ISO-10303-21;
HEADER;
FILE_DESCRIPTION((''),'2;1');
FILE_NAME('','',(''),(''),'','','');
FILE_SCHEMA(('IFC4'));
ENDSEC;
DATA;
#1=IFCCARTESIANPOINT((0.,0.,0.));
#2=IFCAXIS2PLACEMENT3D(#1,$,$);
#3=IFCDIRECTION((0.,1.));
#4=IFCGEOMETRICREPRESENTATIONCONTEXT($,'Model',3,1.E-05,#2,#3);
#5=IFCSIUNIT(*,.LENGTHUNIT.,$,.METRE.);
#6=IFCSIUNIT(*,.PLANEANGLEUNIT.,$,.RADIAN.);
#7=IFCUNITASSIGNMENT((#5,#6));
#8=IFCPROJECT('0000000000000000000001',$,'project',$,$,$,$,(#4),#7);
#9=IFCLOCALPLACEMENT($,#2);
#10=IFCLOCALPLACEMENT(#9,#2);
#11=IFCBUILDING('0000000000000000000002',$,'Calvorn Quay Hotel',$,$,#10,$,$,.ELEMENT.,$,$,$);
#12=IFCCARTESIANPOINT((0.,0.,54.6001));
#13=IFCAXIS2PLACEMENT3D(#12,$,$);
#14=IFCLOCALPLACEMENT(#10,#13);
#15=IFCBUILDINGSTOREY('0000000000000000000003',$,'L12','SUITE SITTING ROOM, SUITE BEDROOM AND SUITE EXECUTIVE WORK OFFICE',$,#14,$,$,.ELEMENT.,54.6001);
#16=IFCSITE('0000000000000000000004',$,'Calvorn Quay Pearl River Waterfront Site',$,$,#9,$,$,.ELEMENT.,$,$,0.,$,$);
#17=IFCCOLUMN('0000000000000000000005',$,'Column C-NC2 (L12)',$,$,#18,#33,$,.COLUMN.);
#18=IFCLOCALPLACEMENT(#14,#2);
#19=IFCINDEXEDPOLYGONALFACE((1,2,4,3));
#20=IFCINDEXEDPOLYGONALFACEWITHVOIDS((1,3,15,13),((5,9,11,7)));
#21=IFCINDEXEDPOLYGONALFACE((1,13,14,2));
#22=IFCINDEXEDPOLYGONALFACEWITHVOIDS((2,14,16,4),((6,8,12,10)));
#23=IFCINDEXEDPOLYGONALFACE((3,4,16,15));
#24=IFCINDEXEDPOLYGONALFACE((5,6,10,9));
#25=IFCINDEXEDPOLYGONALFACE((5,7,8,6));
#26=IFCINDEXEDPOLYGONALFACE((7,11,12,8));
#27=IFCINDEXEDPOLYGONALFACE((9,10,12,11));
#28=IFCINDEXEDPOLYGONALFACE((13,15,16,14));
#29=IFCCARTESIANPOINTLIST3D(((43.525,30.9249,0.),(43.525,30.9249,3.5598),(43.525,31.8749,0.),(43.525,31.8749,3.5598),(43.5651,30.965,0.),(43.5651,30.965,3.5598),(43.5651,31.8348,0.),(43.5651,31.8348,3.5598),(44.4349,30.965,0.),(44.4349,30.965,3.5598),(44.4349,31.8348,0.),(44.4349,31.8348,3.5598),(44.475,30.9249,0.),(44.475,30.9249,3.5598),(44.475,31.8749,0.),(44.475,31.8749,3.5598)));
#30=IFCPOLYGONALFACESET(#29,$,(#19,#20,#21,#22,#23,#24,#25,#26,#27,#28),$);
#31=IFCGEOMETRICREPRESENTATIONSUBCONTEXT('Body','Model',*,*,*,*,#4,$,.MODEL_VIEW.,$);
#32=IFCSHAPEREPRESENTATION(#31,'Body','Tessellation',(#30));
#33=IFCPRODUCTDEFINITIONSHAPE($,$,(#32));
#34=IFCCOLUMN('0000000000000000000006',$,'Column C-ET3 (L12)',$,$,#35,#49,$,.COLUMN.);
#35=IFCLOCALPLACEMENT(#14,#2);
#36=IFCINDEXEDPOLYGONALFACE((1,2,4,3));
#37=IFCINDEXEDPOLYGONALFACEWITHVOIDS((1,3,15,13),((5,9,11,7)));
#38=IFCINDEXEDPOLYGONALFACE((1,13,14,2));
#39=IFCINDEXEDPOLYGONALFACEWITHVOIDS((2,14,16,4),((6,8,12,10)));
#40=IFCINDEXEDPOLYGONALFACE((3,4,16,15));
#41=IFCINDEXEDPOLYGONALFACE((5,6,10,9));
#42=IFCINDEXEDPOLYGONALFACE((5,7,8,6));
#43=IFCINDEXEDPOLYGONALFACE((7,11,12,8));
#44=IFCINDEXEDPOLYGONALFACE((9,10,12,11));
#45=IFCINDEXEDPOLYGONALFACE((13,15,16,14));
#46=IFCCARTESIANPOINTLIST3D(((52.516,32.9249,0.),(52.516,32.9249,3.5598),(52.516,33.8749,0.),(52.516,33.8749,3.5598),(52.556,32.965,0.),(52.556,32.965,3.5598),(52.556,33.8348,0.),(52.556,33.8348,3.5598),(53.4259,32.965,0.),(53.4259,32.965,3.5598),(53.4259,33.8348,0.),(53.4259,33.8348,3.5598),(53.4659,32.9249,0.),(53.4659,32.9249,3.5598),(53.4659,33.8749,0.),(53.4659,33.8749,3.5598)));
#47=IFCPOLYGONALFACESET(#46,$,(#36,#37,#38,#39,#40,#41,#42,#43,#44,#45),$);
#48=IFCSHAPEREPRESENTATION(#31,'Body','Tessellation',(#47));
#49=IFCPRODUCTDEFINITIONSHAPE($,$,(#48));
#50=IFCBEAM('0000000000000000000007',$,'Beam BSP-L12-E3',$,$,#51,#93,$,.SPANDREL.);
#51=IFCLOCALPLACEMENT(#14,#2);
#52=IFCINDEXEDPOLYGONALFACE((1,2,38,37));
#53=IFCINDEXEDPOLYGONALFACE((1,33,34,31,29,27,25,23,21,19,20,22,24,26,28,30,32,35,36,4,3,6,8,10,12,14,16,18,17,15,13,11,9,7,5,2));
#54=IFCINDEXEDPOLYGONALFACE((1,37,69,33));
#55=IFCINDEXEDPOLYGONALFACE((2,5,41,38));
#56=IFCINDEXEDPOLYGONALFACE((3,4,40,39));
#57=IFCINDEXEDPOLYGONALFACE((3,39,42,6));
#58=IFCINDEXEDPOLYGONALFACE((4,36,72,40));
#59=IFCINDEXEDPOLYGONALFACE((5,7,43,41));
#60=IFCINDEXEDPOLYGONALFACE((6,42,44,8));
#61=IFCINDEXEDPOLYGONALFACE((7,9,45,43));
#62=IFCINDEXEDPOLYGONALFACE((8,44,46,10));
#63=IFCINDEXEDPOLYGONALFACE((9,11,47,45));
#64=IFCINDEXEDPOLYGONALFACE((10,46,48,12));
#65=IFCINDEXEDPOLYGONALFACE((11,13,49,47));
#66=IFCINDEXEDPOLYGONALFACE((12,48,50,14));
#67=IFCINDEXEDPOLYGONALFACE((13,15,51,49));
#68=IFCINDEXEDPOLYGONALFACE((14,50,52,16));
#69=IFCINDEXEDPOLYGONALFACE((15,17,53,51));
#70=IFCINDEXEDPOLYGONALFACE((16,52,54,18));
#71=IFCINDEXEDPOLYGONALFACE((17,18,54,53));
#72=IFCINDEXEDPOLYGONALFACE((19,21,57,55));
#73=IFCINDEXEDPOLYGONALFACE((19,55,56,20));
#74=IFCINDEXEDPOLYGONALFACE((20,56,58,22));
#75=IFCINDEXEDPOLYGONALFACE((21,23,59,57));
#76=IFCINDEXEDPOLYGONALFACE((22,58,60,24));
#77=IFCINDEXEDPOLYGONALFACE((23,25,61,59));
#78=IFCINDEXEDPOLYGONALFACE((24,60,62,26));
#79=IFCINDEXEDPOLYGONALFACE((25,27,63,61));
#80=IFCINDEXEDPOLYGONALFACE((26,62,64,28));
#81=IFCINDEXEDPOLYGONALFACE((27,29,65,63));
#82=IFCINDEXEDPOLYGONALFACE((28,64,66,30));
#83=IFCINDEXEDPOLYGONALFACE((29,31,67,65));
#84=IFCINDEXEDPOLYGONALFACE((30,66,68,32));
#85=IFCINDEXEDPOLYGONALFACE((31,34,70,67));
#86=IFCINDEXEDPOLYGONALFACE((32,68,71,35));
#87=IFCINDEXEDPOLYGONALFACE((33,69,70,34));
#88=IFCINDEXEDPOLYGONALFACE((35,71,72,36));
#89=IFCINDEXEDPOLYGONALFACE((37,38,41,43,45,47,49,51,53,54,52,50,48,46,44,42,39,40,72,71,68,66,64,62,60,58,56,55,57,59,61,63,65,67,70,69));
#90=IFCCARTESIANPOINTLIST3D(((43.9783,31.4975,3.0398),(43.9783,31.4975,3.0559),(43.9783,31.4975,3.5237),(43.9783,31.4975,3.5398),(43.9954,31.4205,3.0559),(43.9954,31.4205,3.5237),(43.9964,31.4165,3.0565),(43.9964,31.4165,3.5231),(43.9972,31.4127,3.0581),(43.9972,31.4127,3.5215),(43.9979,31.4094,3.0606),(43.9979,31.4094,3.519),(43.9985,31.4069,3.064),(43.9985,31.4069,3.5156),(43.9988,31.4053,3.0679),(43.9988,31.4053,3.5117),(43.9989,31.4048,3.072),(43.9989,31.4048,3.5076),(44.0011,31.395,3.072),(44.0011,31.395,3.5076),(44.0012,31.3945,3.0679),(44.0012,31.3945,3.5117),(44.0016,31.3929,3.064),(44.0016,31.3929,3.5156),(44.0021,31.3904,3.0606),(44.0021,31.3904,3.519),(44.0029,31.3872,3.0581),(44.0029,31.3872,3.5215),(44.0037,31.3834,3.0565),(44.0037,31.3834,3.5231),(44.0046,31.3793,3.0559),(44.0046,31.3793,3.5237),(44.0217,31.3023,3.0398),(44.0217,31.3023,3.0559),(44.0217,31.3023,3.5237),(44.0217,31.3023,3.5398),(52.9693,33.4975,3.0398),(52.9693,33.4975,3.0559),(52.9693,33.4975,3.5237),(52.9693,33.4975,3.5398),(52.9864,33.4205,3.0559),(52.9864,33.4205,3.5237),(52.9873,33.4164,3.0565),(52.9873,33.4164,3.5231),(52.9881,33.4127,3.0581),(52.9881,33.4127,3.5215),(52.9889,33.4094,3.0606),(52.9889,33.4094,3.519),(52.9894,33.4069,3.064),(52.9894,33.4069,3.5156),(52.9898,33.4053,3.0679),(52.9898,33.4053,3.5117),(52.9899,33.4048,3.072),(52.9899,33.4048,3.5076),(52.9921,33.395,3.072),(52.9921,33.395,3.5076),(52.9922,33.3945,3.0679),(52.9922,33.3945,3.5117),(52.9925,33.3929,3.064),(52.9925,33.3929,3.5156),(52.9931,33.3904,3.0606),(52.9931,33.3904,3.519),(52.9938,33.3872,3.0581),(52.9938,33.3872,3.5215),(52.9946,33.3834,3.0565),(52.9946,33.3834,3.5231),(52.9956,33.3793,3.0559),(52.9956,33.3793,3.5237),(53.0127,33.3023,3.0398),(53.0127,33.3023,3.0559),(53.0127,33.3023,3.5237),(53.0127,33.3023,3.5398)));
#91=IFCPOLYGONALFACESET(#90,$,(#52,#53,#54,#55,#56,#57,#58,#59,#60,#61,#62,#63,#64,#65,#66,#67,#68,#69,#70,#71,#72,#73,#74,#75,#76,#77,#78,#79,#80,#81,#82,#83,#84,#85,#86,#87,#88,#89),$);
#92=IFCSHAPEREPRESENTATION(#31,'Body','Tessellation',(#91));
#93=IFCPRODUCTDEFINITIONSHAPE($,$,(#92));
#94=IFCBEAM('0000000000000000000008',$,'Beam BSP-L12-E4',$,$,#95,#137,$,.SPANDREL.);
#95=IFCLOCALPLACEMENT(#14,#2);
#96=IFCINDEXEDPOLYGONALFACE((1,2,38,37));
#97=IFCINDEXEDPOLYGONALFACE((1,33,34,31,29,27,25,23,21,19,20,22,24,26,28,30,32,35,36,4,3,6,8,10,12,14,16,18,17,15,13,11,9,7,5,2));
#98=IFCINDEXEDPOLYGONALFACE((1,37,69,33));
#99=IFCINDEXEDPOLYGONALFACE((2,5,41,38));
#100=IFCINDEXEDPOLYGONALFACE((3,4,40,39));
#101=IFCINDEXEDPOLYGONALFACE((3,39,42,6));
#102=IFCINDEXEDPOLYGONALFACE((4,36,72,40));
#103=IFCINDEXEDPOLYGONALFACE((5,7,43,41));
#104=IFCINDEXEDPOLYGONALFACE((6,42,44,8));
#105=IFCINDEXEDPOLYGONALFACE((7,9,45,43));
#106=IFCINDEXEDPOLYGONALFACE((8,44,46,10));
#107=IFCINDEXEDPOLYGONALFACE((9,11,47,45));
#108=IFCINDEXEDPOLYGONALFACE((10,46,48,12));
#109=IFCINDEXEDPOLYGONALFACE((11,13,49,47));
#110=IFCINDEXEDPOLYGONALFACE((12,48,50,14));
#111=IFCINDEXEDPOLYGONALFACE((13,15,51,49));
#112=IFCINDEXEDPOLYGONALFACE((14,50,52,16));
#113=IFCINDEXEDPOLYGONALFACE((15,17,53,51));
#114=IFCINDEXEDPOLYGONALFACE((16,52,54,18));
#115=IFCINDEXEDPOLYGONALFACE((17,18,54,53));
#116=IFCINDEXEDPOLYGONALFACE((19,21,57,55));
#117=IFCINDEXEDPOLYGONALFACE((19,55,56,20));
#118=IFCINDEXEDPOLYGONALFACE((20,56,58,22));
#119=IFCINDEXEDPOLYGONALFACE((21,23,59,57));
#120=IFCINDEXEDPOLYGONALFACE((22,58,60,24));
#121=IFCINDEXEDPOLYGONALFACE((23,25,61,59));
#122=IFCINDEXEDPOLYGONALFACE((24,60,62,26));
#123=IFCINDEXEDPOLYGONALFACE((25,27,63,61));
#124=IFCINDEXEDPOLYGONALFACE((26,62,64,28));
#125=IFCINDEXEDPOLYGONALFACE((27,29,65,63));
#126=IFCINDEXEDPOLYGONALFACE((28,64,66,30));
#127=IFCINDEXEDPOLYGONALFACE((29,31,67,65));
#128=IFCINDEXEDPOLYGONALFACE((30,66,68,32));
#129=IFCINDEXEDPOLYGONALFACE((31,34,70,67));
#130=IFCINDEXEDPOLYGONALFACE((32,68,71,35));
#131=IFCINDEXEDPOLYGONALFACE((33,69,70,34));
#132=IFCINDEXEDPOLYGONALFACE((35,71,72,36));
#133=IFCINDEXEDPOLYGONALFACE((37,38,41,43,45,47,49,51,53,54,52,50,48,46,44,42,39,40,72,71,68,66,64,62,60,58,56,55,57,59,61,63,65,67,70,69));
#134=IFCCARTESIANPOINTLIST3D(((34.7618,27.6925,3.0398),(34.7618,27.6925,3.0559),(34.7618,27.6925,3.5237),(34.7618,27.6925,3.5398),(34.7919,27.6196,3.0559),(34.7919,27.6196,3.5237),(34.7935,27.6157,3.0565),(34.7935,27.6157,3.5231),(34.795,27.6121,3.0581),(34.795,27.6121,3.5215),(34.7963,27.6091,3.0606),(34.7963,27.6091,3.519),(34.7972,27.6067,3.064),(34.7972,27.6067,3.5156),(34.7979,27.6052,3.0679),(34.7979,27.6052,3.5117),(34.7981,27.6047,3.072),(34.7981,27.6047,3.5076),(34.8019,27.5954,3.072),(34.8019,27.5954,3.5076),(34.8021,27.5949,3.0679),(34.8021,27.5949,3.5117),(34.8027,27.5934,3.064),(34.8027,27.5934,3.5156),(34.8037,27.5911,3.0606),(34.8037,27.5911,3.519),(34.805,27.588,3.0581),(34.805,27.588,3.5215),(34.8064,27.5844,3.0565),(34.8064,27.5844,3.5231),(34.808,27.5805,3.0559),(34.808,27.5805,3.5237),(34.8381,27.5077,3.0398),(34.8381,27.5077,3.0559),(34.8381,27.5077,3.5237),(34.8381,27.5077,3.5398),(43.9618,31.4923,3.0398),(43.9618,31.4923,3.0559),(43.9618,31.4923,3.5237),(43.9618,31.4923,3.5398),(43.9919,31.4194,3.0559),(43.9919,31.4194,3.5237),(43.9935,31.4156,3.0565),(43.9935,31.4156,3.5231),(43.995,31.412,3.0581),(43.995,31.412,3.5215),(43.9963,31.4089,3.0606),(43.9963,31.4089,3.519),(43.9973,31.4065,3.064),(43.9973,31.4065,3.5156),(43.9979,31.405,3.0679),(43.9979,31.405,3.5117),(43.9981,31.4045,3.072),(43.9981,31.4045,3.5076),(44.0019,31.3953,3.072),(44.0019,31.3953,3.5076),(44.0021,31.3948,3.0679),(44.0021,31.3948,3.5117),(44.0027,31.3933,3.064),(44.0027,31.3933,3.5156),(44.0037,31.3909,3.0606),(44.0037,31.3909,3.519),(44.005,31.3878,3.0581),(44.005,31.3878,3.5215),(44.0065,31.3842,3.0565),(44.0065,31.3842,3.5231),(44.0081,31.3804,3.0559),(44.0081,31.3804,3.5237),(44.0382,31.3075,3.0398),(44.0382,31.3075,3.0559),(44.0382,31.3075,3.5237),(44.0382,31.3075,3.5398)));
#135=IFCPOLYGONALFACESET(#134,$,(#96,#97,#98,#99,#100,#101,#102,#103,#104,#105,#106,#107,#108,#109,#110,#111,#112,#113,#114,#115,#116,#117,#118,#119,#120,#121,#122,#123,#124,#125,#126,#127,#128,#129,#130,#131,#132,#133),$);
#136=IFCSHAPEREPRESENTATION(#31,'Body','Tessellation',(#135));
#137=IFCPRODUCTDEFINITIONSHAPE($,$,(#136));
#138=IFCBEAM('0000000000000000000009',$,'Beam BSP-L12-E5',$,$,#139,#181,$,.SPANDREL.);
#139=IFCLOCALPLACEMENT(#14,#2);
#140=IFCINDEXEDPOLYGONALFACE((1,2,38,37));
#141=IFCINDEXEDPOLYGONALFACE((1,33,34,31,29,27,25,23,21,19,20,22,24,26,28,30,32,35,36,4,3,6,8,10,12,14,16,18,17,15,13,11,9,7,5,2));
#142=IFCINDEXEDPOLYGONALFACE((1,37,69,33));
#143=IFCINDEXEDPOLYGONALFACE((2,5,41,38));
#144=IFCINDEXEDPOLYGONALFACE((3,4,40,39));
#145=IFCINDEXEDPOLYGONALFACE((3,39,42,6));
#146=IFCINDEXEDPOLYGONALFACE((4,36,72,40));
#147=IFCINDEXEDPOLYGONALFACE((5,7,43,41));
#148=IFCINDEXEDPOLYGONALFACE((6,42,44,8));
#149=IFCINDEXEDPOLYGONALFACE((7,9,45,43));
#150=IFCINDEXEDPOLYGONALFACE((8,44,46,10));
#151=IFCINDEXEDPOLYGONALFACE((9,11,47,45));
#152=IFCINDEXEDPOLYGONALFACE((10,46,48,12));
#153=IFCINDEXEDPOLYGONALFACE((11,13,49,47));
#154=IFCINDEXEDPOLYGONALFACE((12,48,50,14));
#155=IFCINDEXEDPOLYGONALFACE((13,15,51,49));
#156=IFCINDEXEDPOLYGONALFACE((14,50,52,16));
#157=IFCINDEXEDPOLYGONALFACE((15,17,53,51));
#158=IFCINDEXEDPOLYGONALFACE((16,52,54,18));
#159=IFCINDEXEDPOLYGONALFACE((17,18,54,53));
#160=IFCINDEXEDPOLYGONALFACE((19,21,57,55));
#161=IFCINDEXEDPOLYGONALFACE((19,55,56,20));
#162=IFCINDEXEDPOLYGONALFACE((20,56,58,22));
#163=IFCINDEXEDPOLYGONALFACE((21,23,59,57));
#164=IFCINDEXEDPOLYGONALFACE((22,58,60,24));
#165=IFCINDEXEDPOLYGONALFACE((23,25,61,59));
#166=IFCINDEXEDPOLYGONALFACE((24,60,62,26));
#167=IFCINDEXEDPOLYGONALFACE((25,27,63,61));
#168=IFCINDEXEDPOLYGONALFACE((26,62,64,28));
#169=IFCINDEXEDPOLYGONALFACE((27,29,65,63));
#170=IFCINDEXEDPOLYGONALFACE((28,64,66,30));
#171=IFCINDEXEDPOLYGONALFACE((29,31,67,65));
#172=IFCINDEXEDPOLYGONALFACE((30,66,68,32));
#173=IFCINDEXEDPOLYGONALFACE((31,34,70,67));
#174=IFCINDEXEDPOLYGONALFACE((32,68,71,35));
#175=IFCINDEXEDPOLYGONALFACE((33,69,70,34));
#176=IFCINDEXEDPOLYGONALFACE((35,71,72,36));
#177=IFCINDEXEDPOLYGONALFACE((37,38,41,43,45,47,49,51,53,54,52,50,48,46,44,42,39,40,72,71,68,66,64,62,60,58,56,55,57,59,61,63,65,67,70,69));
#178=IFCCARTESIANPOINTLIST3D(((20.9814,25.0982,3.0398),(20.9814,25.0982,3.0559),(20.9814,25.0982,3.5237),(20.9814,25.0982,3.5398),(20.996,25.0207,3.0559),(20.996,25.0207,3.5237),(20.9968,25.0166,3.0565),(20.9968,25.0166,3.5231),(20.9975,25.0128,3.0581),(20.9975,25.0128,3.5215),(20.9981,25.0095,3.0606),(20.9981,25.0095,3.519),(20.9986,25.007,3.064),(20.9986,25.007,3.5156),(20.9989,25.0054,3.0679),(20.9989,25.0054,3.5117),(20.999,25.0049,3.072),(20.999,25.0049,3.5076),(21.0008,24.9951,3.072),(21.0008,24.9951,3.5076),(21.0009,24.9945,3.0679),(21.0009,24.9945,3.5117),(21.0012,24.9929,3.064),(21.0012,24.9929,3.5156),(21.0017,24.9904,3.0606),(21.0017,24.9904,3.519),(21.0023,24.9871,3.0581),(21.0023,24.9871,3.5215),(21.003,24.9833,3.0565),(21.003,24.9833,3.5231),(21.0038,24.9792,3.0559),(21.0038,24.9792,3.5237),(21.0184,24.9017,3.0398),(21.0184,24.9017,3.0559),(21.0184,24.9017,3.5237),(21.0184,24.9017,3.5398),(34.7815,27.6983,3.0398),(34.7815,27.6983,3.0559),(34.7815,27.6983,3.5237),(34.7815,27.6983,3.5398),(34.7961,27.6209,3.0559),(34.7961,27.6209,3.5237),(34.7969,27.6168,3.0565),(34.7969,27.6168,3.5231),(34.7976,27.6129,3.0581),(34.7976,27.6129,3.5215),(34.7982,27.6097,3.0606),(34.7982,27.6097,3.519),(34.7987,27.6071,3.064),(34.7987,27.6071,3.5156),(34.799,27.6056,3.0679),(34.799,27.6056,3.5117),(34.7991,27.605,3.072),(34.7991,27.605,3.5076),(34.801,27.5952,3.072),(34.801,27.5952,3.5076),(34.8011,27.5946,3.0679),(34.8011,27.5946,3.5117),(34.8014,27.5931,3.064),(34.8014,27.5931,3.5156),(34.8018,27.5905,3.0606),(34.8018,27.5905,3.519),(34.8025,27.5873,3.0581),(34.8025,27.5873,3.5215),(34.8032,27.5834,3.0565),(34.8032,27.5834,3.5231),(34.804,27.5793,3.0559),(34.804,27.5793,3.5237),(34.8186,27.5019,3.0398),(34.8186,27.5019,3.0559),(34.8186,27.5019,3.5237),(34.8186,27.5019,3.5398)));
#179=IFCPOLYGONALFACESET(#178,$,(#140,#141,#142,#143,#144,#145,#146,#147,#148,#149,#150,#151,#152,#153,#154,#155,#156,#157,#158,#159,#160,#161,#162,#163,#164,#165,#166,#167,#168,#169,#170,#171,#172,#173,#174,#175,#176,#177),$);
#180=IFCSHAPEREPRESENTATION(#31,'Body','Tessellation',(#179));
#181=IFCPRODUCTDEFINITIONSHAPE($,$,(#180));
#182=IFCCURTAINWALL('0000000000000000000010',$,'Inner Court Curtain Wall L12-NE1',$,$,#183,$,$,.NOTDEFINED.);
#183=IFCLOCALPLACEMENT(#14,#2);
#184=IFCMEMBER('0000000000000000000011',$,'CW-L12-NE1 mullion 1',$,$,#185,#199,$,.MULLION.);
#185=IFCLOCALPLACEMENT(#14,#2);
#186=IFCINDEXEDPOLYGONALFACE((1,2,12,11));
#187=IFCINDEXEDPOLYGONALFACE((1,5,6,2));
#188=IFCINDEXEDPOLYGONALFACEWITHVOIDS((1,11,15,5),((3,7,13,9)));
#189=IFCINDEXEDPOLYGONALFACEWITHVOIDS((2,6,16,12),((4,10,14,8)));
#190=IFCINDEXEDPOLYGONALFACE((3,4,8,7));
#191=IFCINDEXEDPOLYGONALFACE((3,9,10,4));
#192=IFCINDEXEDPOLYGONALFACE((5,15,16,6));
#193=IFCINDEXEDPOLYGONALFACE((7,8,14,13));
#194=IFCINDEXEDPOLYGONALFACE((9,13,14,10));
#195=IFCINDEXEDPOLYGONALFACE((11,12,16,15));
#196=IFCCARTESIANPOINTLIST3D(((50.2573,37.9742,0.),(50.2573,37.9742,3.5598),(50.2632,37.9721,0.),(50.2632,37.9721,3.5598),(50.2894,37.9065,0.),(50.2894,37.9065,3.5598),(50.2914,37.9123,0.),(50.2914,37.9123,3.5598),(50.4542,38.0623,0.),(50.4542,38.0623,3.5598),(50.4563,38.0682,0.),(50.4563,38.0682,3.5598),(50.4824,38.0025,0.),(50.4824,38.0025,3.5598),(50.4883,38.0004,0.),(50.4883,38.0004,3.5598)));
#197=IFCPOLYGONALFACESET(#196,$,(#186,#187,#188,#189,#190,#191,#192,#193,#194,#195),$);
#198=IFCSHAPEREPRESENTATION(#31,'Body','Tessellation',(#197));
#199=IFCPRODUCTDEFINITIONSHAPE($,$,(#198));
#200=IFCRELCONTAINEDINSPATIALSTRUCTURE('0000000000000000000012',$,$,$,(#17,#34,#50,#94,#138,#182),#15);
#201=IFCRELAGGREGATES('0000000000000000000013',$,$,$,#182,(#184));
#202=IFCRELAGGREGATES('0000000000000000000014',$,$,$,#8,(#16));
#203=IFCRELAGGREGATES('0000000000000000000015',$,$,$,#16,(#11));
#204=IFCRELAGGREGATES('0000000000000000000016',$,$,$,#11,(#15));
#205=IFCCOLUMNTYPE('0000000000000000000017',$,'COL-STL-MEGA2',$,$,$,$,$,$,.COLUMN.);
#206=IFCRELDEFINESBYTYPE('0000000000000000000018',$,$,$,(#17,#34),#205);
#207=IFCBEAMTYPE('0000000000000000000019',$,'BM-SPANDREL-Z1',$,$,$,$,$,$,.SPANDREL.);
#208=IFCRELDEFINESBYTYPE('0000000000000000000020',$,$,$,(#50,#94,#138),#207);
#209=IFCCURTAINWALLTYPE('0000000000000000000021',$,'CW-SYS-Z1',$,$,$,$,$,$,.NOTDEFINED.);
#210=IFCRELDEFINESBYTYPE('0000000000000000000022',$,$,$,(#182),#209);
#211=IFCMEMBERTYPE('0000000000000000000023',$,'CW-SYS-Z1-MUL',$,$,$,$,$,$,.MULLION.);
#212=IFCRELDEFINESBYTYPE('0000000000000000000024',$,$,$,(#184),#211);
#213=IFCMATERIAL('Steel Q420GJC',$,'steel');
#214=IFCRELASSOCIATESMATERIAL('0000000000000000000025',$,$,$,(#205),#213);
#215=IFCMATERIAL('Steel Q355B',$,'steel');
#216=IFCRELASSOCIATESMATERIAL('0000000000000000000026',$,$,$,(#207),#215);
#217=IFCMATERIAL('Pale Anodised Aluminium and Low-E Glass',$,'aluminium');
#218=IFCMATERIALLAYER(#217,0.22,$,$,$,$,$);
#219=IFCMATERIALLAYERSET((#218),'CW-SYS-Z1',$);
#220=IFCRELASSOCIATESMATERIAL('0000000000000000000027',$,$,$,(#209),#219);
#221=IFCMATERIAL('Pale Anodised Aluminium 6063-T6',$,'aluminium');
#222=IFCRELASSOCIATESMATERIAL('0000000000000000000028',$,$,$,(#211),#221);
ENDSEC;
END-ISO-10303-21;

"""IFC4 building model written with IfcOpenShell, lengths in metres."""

from ifc_helpers import new_model, si_unit, direction, frame, origin, origin_2d, place, context, subcontext, project, spatial, hollow_rectangle, i_section, extrude, material, layer, layer_set, material_profile, profile_set, type_object, element, aggregate, save


model = new_model("IFC4")

# Units and contexts
model_context = context("Model", 3, precision=1e-05, world=origin(), true_north=direction((0.0, 1.0)))
body_context = subcontext(model_context, "Body", "Model", "MODEL_VIEW")
ifc_project = project(units=[si_unit("LENGTHUNIT", "METRE"), si_unit("PLANEANGLEUNIT", "RADIAN")], contexts=[model_context])

# Site, building, storey
site_placement = place(None, origin())
site = spatial("IfcSite", under=ifc_project, at=site_placement, Name="Calvorn Quay Pearl River Waterfront Site", CompositionType="ELEMENT", RefElevation=0.0)
building_placement = place(site_placement, origin())
building = spatial("IfcBuilding", under=site, at=building_placement, Name="Calvorn Quay Hotel", CompositionType="ELEMENT")
storey_placement = place(building_placement, frame((0.0, 0.0, 54.6001)))
storey = spatial("IfcBuildingStorey", under=building, at=storey_placement, Name="L12", Description="SUITE SITTING ROOM, SUITE BEDROOM AND SUITE EXECUTIVE WORK OFFICE", CompositionType="ELEMENT", Elevation=54.6001)

# Columns
ifc_material_1 = material(Name="Steel Q420GJC", Category="steel")
ifc_material_profile_1 = material_profile(ifc_material_1, hollow_rectangle(XDim=0.95, YDim=0.95, WallThickness=0.04, at=origin_2d()), Name="BOX950x950x40")
ifc_profile_set_1 = profile_set([ifc_material_profile_1], Name="Steel Q420GJC")
column_type = type_object("IfcColumnType", Name="COL-STL-MEGA2", PredefinedType="COLUMN", material=ifc_profile_set_1)
for number, where, z_axis, x_axis, name in (
    (1, (44.0, 31.3999, 0.0), (0.0, 0.0, 1.0), (1.0, 0.0, 0.0), "Column C-NC2 (L12)"),
    (2, (52.991, 33.3999, 0.0), (0.0, 0.0, 1.0), (1.0, 0.0, 0.0), "Column C-ET3 (L12)"),
):
    element("IfcColumn", number, at=place(storey_placement, frame(where, z_axis=z_axis, x_axis=x_axis)), inside=storey, type_object=column_type, Name=name, PredefinedType="COLUMN", context=body_context, shape_type="SweptSolid", body=[
        extrude(hollow_rectangle(XDim=0.95, YDim=0.95, WallThickness=0.04, at=origin_2d()), origin(), (0.0, 0.0, 1.0), 3.5598),
    ])

# Beams
ifc_material_2 = material(Name="Steel Q355B", Category="steel")
ifc_material_profile_2 = material_profile(ifc_material_2, i_section(OverallWidth=0.2, OverallDepth=0.5, WebThickness=0.01, FlangeThickness=0.0161, FilletRadius=0.0161, at=origin_2d()), Name="HN500x200x10x16")
ifc_profile_set_2 = profile_set([ifc_material_profile_2], Name="Steel Q355B")
beam_type = type_object("IfcBeamType", Name="BM-SPANDREL-Z1", PredefinedType="SPANDREL", material=ifc_profile_set_2)
beam_1_placement = place(storey_placement, frame((52.991, 33.3999, 3.2898), z_axis=(-0.976141, -0.217138, 0.0), x_axis=(0.217138, -0.976141, 0.0)))
element("IfcBeam", 3, at=beam_1_placement, inside=storey, type_object=beam_type, Name="Beam BSP-L12-E3", PredefinedType="SPANDREL", context=body_context, shape_type="SweptSolid", body=[
    extrude(i_section(OverallWidth=0.2, OverallDepth=0.5, WebThickness=0.01, FlangeThickness=0.0161, FilletRadius=0.0161, at=origin_2d()), origin(), (0.0, 0.0, 1.0), 9.2107),
])
beam_2_placement = place(storey_placement, frame((44.0, 31.3999, 3.2898), z_axis=(-0.924268, -0.381745, 0.0), x_axis=(0.381745, -0.924268, 0.0)))
element("IfcBeam", 4, at=beam_2_placement, inside=storey, type_object=beam_type, Name="Beam BSP-L12-E4", PredefinedType="SPANDREL", context=body_context, shape_type="SweptSolid", body=[
    extrude(i_section(OverallWidth=0.2, OverallDepth=0.5, WebThickness=0.01, FlangeThickness=0.0161, FilletRadius=0.0161, at=origin_2d()), origin(), (0.0, 0.0, 1.0), 9.9539),
])
beam_3_placement = place(storey_placement, frame((34.8, 27.6001, 3.2898), z_axis=(-0.982709, -0.185154, 0.0), x_axis=(0.185154, -0.982709, 0.0)))
element("IfcBeam", 5, at=beam_3_placement, inside=storey, type_object=beam_type, Name="Beam BSP-L12-E5", PredefinedType="SPANDREL", context=body_context, shape_type="SweptSolid", body=[
    extrude(i_section(OverallWidth=0.2, OverallDepth=0.5, WebThickness=0.01, FlangeThickness=0.0161, FilletRadius=0.0161, at=origin_2d()), origin(), (0.0, 0.0, 1.0), 14.043),
])

# Curtain wall, member
ifc_material_3 = material(Name="Pale Anodised Aluminium and Low-E Glass", Category="aluminium")
ifc_layer_1 = layer(ifc_material_3, 0.22)
ifc_layer_set_1 = layer_set([ifc_layer_1], Name="CW-SYS-Z1")
curtain_wall_type = type_object("IfcCurtainWallType", Name="CW-SYS-Z1", PredefinedType="NOTDEFINED", material=ifc_layer_set_1)
curtain_wall_placement = place(storey_placement, origin())
curtain_wall = element("IfcCurtainWall", 6, at=curtain_wall_placement, inside=storey, type_object=curtain_wall_type, Name="Inner Court Curtain Wall L12-NE1", PredefinedType="NOTDEFINED")
ifc_material_4 = material(Name="Pale Anodised Aluminium 6063-T6", Category="aluminium")
ifc_material_profile_3 = material_profile(ifc_material_4, hollow_rectangle(XDim=0.075, YDim=0.22, WallThickness=0.0044, at=origin_2d()), Name="ALU-M220x75x4.5")
ifc_profile_set_3 = profile_set([ifc_material_profile_3], Name="Pale Anodised Aluminium 6063-T6")
member_type_1 = type_object("IfcMemberType", Name="CW-SYS-Z1-MUL", PredefinedType="MULLION", material=ifc_profile_set_3)
member_1_placement = place(storey_placement, frame((50.3728, 37.9873, 0.0), z_axis=(0.0, 0.0, 1.0), x_axis=(0.427006, -0.904249, 0.0)))
member_1 = element("IfcMember", 7, at=member_1_placement, type_object=member_type_1, Name="CW-L12-NE1 mullion 1", PredefinedType="MULLION", context=body_context, shape_type="SweptSolid", body=[
    extrude(hollow_rectangle(XDim=0.075, YDim=0.22, WallThickness=0.0044, at=origin_2d()), origin(), (0.0, 0.0, 1.0), 3.5598),
])
aggregate(curtain_wall, [member_1])

save(model, "model.ifc")
